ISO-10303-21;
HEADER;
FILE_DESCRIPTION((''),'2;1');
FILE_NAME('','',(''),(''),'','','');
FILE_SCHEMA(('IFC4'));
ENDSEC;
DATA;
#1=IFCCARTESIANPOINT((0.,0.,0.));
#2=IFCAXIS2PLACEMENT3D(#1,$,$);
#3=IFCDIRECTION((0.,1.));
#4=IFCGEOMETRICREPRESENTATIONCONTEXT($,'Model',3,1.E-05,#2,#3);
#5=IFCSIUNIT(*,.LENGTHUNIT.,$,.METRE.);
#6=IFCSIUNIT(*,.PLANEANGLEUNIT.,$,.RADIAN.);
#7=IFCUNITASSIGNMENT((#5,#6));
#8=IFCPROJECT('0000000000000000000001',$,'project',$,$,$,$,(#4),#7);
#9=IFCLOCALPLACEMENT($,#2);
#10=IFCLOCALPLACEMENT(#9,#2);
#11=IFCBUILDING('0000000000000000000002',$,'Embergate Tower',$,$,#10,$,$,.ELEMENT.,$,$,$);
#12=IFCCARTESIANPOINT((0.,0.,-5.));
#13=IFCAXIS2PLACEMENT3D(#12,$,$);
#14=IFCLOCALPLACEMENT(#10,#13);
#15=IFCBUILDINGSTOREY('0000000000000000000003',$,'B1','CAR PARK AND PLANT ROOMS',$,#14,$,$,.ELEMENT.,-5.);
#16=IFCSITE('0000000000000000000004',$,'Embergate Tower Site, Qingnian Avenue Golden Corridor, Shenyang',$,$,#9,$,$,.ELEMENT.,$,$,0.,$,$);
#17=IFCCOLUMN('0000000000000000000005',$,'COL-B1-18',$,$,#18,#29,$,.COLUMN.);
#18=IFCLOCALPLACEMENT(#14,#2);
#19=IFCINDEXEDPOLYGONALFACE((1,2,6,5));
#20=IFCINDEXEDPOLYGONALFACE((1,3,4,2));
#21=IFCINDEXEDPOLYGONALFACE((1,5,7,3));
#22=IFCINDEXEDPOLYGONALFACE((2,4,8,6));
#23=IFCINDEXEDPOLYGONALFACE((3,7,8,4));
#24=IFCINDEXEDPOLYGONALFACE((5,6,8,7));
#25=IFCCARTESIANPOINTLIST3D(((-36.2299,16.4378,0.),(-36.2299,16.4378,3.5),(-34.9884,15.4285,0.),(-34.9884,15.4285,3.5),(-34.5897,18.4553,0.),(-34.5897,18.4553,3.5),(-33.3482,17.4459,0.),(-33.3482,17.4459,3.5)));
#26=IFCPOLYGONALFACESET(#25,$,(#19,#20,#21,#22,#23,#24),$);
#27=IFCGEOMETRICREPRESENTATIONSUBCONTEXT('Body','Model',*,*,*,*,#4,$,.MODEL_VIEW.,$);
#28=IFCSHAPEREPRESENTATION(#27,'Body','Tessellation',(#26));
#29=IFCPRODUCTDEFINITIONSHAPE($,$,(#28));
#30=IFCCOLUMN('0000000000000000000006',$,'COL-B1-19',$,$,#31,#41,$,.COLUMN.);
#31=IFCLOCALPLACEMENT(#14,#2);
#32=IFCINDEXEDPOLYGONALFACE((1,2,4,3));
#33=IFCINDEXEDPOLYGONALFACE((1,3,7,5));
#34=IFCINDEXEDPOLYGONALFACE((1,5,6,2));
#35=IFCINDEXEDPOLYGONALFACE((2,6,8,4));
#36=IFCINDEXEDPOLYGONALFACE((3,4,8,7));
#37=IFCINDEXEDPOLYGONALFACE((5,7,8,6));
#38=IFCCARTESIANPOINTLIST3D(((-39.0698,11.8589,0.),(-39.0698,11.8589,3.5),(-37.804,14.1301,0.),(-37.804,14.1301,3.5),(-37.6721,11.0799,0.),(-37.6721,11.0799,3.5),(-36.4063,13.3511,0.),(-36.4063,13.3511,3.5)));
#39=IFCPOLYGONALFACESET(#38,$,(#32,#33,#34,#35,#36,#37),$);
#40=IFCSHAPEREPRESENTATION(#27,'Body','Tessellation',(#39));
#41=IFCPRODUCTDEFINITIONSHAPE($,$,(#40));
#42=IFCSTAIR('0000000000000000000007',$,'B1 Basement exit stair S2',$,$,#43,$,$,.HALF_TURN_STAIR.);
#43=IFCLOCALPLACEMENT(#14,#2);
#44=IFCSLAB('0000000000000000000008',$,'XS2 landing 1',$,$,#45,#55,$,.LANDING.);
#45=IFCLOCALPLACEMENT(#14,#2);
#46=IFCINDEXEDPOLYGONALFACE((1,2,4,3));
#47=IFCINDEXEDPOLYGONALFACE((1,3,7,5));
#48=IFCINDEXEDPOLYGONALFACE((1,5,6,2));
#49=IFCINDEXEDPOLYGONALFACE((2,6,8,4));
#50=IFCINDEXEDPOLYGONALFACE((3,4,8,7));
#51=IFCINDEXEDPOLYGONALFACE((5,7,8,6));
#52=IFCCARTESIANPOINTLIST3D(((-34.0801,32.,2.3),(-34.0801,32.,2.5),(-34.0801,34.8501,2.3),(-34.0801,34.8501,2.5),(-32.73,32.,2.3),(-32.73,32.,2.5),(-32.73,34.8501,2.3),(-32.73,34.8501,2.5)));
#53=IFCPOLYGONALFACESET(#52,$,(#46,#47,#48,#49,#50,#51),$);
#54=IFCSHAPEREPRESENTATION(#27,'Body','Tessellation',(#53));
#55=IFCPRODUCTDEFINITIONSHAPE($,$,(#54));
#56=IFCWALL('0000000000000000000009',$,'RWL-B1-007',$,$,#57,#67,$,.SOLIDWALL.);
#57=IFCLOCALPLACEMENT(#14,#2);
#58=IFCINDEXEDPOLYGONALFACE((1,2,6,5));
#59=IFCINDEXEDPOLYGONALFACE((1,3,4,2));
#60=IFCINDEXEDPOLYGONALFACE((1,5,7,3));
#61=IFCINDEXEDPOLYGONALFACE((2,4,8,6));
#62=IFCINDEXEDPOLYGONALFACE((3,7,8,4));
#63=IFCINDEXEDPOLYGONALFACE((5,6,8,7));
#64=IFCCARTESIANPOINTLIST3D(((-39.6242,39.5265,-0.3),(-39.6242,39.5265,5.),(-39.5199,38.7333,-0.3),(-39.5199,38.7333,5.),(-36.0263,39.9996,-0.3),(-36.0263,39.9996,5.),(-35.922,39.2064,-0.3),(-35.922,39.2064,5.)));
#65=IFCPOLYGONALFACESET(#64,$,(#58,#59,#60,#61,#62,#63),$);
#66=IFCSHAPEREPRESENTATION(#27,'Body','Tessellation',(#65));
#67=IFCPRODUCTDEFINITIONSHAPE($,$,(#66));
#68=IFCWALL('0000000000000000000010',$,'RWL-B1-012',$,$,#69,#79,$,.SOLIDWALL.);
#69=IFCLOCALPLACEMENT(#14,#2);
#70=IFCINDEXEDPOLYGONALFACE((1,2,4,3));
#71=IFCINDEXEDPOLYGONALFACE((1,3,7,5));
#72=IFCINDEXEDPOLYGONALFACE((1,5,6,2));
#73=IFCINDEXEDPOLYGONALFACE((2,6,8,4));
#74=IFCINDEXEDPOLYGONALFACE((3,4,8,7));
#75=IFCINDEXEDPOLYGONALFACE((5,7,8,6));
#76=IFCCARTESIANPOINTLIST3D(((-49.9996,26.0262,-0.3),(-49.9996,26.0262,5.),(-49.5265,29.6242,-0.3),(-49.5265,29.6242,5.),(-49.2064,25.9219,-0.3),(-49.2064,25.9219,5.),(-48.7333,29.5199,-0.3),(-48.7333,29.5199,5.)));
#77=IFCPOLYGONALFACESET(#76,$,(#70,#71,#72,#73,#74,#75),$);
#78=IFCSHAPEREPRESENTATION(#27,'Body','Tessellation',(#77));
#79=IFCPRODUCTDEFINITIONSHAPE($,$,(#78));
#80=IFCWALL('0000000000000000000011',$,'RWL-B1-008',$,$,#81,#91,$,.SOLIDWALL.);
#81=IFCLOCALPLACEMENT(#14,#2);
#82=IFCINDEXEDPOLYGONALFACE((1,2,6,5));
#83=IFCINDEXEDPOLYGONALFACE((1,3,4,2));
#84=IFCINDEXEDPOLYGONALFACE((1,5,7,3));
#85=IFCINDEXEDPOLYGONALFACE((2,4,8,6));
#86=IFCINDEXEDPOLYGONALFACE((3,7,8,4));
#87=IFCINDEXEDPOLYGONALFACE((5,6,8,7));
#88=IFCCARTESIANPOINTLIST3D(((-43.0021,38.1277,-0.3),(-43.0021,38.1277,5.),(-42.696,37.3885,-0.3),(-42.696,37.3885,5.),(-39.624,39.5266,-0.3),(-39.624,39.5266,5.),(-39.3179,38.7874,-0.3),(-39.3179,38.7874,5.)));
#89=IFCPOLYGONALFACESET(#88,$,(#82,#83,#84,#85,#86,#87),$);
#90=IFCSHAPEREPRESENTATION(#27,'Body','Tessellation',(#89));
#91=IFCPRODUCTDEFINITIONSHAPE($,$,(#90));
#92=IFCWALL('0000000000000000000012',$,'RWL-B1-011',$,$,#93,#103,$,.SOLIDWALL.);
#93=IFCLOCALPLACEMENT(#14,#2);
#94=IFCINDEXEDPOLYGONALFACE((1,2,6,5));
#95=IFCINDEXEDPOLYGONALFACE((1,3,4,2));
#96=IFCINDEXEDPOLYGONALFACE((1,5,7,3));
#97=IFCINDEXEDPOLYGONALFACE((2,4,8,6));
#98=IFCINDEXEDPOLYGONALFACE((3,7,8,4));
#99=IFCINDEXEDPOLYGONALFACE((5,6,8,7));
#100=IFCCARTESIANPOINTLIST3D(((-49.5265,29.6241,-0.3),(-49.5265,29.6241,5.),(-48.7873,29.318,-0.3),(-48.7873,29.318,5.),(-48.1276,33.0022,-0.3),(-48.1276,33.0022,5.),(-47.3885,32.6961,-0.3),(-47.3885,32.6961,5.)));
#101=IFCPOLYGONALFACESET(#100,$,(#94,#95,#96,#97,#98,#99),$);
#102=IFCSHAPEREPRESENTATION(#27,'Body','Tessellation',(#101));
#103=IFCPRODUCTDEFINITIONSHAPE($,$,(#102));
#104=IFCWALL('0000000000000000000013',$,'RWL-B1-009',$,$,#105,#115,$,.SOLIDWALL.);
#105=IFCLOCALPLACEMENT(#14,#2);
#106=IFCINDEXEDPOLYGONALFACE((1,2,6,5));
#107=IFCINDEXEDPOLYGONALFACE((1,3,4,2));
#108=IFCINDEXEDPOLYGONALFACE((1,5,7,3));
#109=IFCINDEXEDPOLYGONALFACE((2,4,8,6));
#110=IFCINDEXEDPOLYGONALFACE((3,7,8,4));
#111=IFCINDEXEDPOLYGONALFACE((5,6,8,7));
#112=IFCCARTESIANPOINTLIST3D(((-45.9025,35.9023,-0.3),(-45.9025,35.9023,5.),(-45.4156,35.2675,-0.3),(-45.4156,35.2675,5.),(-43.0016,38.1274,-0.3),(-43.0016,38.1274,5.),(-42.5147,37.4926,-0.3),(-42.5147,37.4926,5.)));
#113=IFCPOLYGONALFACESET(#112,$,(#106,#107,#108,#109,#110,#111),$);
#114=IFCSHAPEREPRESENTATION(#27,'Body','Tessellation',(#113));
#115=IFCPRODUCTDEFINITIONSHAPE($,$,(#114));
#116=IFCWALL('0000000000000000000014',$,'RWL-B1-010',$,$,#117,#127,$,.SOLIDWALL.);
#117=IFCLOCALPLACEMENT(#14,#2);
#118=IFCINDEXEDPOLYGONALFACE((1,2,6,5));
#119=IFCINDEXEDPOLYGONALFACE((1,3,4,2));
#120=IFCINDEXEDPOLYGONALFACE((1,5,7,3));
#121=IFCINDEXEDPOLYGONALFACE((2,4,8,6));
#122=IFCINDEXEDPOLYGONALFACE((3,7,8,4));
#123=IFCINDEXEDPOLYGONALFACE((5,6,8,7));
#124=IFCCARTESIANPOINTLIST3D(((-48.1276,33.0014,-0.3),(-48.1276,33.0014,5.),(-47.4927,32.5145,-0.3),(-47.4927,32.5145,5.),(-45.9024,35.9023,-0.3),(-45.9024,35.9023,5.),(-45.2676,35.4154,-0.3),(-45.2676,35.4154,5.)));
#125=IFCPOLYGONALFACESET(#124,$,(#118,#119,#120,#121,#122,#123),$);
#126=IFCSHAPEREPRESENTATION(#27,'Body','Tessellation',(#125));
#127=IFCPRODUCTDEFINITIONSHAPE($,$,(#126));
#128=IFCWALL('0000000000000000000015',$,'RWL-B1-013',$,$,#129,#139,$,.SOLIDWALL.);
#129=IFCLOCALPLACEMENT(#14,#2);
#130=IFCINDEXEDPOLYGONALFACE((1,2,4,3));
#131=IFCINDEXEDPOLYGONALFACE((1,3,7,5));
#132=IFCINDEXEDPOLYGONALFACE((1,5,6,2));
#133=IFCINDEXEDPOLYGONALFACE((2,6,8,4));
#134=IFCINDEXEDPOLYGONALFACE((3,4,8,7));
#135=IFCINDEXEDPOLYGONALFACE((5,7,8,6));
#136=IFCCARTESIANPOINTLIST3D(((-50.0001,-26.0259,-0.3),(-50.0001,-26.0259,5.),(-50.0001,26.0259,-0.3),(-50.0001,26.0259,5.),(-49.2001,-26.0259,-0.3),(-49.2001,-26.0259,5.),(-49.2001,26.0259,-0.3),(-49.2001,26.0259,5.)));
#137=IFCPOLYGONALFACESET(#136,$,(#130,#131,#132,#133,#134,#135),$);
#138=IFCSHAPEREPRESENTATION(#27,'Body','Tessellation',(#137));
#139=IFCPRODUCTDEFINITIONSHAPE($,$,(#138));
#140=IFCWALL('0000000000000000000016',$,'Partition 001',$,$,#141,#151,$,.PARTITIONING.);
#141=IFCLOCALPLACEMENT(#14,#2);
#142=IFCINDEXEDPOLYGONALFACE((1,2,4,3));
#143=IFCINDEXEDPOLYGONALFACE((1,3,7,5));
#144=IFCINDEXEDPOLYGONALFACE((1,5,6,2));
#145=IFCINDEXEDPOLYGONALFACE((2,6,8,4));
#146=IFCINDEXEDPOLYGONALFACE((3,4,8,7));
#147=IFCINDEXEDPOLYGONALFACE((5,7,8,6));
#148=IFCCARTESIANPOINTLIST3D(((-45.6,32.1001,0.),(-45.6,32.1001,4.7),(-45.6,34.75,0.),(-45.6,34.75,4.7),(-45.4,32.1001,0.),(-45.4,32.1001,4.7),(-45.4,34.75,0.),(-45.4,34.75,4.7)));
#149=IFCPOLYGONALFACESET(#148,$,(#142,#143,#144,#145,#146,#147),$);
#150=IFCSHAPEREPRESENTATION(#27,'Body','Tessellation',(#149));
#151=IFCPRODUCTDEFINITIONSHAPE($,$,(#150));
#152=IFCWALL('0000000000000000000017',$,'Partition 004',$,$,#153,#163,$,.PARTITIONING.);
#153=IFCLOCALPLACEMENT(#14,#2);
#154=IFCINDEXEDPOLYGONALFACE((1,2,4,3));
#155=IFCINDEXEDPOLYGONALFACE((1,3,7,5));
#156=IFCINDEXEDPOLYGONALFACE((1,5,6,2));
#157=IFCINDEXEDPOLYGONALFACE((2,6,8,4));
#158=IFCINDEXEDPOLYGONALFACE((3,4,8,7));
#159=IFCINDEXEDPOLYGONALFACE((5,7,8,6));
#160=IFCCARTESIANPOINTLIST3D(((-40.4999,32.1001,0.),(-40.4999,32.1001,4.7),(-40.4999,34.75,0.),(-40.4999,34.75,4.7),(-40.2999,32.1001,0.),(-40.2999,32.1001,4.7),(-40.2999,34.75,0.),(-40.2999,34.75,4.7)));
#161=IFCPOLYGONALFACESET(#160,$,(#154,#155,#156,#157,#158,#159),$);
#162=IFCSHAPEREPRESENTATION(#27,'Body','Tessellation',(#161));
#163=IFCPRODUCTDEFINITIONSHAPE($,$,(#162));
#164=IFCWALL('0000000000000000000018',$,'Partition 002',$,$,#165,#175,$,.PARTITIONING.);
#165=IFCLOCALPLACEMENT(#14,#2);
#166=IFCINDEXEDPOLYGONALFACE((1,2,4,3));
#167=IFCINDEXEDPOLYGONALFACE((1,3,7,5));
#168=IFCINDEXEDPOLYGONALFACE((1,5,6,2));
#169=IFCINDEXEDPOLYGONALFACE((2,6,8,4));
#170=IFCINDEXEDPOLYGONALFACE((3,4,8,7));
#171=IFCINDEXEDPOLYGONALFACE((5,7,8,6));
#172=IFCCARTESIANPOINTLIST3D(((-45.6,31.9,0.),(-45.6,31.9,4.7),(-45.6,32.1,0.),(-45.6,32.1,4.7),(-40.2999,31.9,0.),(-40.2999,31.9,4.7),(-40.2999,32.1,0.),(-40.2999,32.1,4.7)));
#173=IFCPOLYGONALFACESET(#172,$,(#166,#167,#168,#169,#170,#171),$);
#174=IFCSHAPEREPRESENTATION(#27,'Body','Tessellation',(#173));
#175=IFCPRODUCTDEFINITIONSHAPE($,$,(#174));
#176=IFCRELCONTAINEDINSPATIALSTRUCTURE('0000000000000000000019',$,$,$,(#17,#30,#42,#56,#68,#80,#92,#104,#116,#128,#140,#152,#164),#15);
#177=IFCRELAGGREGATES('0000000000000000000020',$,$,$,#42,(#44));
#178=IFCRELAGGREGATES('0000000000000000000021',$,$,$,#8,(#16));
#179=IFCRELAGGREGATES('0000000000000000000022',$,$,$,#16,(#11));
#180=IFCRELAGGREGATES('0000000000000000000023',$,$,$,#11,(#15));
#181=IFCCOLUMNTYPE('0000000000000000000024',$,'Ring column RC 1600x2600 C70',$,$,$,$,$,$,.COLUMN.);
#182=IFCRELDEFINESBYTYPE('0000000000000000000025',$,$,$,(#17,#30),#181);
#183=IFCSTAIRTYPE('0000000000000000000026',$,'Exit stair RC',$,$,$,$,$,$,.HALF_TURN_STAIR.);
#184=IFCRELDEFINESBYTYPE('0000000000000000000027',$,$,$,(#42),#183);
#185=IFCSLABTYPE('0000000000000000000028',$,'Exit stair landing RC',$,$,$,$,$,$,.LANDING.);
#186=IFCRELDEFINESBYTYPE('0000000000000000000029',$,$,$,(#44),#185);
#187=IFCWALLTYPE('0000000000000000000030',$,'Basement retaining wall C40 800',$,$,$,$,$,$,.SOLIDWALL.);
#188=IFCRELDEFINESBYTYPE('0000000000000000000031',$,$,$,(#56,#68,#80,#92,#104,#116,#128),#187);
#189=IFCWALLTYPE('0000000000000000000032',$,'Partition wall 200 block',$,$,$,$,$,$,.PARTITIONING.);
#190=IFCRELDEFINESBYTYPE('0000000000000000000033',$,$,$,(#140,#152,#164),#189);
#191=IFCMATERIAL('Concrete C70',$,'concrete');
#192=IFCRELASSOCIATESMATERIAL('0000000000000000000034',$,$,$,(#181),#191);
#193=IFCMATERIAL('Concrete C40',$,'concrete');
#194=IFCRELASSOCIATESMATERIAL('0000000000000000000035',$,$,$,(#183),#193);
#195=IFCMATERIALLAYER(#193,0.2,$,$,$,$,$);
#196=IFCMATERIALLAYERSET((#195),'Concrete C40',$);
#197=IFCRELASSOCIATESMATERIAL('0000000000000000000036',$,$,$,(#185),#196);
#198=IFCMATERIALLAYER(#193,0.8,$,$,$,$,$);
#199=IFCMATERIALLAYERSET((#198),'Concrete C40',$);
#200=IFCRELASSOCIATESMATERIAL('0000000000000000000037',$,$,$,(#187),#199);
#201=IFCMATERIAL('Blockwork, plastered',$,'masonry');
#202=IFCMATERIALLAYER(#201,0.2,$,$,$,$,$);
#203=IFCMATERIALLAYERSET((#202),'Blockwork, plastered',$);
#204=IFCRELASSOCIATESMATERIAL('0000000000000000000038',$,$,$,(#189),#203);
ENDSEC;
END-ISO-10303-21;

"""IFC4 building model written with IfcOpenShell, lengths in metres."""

from ifc_helpers import new_model, si_unit, direction, frame, frame_2d, origin, origin_2d, place, context, subcontext, project, spatial, polyline, rectangle, outline, extrude, source, transform, mapped, material, layer, layer_set, material_profile, profile_set, type_object, element, aggregate, save


model = new_model("IFC4")

# Units and contexts
model_context = context("Model", 3, precision=1e-05, world=origin(), true_north=direction((0.0, 1.0)))
body_context = subcontext(model_context, "Body", "Model", "MODEL_VIEW")
ifc_project = project(units=[si_unit("LENGTHUNIT", "METRE"), si_unit("PLANEANGLEUNIT", "RADIAN")], contexts=[model_context])

# Site, building, storey
site_placement = place(None, origin())
site = spatial("IfcSite", under=ifc_project, at=site_placement, Name="Embergate Tower Site, Qingnian Avenue Golden Corridor, Shenyang", CompositionType="ELEMENT", RefElevation=0.0)
building_placement = place(site_placement, origin())
building = spatial("IfcBuilding", under=site, at=building_placement, Name="Embergate Tower", CompositionType="ELEMENT")
storey_placement = place(building_placement, frame((0.0, 0.0, -5.0)))
storey = spatial("IfcBuildingStorey", under=building, at=storey_placement, Name="B1", Description="CAR PARK AND PLANT ROOMS", CompositionType="ELEMENT", Elevation=-5.0)

# Columns
ifc_material_1 = material(Name="Concrete C70", Category="concrete")
ifc_material_profile = material_profile(ifc_material_1, rectangle(XDim=1.6001, YDim=2.6001, at=origin_2d()), Name="RC 1600x2600")
ifc_profile_set = profile_set([ifc_material_profile], Name="Concrete C70")
column_type = type_object("IfcColumnType", Name="Ring column RC 1600x2600 C70", PredefinedType="COLUMN", material=ifc_profile_set)
shared_shape_1 = source(origin(), body_context, "Body", "SweptSolid", [
    extrude(rectangle(XDim=1.6001, YDim=2.6001, at=origin_2d()), origin(), (0.0, 0.0, 1.0), 3.5),
])
for number, where, z_axis, x_axis, name in (
    (1, (-34.7891, 16.9419, 0.0), (0.0, 0.0, 1.0), (-0.775925, 0.630825, 0.0), "COL-B1-18"),
    (2, (-37.738, 12.605, 0.0), (0.0, 0.0, 1.0), (-0.873492, 0.486839, 0.0), "COL-B1-19"),
):
    element("IfcColumn", number, at=place(storey_placement, frame(where, z_axis=z_axis, x_axis=x_axis)), inside=storey, type_object=column_type, Name=name, PredefinedType="COLUMN", context=body_context, shape_type="MappedRepresentation", body=[
        mapped(shared_shape_1, transform((0.0, 0.0, 0.0))),
    ])

# Stair, slab
ifc_material_2 = material(Name="Concrete C40", Category="concrete")
stair_type = type_object("IfcStairType", Name="Exit stair RC", PredefinedType="HALF_TURN_STAIR", material=ifc_material_2)
stair_placement = place(storey_placement, origin())
stair = element("IfcStair", 3, at=stair_placement, inside=storey, type_object=stair_type, Name="B1 Basement exit stair S2", PredefinedType="HALF_TURN_STAIR")
ifc_layer_1 = layer(ifc_material_2, 0.2)
ifc_layer_set_1 = layer_set([ifc_layer_1], Name="Concrete C40")
slab_type = type_object("IfcSlabType", Name="Exit stair landing RC", PredefinedType="LANDING", material=ifc_layer_set_1)
shared_shape_2 = source(origin(), body_context, "Body", "SweptSolid", [
    extrude(outline(polyline([(0.0, 0.0), (1.3501, 0.0), (1.3501, 2.8501), (0.0, 2.8501), (0.0, 0.0)])), origin(), (0.0, 0.0, 1.0), 0.2),
])
slab_placement = place(storey_placement, frame((-34.0801, 32.0, 2.3)))
slab = element("IfcSlab", 4, at=slab_placement, type_object=slab_type, Name="XS2 landing 1", PredefinedType="LANDING", context=body_context, shape_type="MappedRepresentation", body=[
    mapped(shared_shape_2, transform((0.0, 0.0, 0.0))),
])

# Walls
ifc_layer_2 = layer(ifc_material_2, 0.8)
ifc_layer_set_2 = layer_set([ifc_layer_2], Name="Concrete C40")
wall_type_1 = type_object("IfcWallType", Name="Basement retaining wall C40 800", PredefinedType="SOLIDWALL", material=ifc_layer_set_2)
shared_shape_3 = source(origin(), body_context, "Body", "SweptSolid", [
    extrude(rectangle(XDim=3.6289, YDim=0.8, at=frame_2d((1.8145, 0.0))), origin(), (0.0, 0.0, 1.0), 5.3),
])
for number, where, z_axis, x_axis, name in (
    (5, (-35.9741, 39.603, -0.3), (0.0, 0.0, 1.0), (-0.991464, -0.130383, 0.0), "RWL-B1-007"),
    (6, (-49.1299, 29.572, -0.3), (0.0, 0.0, 1.0), (-0.130383, -0.991464, 0.0), "RWL-B1-012"),
):
    element("IfcWall", number, at=place(storey_placement, frame(where, z_axis=z_axis, x_axis=x_axis)), inside=storey, type_object=wall_type_1, Name=name, PredefinedType="SOLIDWALL", context=body_context, shape_type="MappedRepresentation", body=[
        mapped(shared_shape_3, transform((0.0, 0.0, 0.0))),
    ])
shared_shape_4 = source(origin(), body_context, "Body", "SweptSolid", [
    extrude(rectangle(XDim=3.6562, YDim=0.8, at=frame_2d((1.8281, 0.0))), origin(), (0.0, 0.0, 1.0), 5.3),
])
for number, where, z_axis, x_axis, name in (
    (7, (-39.4709, 39.157, -0.3), (0.0, 0.0, 1.0), (-0.923914, -0.382599, 0.0), "RWL-B1-008"),
    (8, (-47.7581, 32.8491, -0.3), (0.0, 0.0, 1.0), (-0.382599, -0.923914, 0.0), "RWL-B1-011"),
):
    element("IfcWall", number, at=place(storey_placement, frame(where, z_axis=z_axis, x_axis=x_axis)), inside=storey, type_object=wall_type_1, Name=name, PredefinedType="SOLIDWALL", context=body_context, shape_type="MappedRepresentation", body=[
        mapped(shared_shape_4, transform((0.0, 0.0, 0.0))),
    ])
shared_shape_5 = source(origin(), body_context, "Body", "SweptSolid", [
    extrude(rectangle(XDim=3.656, YDim=0.8, at=frame_2d((1.8281, 0.0))), origin(), (0.0, 0.0, 1.0), 5.3),
])
for number, where, z_axis, x_axis, name in (
    (9, (-42.7581, 37.8101, -0.3), (0.0, 0.0, 1.0), (-0.793462, -0.608619, 0.0), "RWL-B1-009"),
    (10, (-45.585, 35.6589, -0.3), (0.0, 0.0, 1.0), (-0.608619, -0.793462, 0.0), "RWL-B1-010"),
):
    element("IfcWall", number, at=place(storey_placement, frame(where, z_axis=z_axis, x_axis=x_axis)), inside=storey, type_object=wall_type_1, Name=name, PredefinedType="SOLIDWALL", context=body_context, shape_type="MappedRepresentation", body=[
        mapped(shared_shape_5, transform((0.0, 0.0, 0.0))),
    ])
shared_shape_6 = source(origin(), body_context, "Body", "SweptSolid", [
    extrude(rectangle(XDim=52.0518, YDim=0.8, at=frame_2d((26.0259, 0.0))), origin(), (0.0, 0.0, 1.0), 5.3),
])
wall_1_placement = place(storey_placement, frame((-49.6001, 26.0259, -0.3), z_axis=(0.0, 0.0, 1.0), x_axis=(0.0, -1.0, 0.0)))
element("IfcWall", 11, at=wall_1_placement, inside=storey, type_object=wall_type_1, Name="RWL-B1-013", PredefinedType="SOLIDWALL", context=body_context, shape_type="MappedRepresentation", body=[
    mapped(shared_shape_6, transform((0.0, 0.0, 0.0))),
])
ifc_material_3 = material(Name="Blockwork, plastered", Category="masonry")
ifc_layer_3 = layer(ifc_material_3, 0.2)
ifc_layer_set_3 = layer_set([ifc_layer_3], Name="Blockwork, plastered")
wall_type_2 = type_object("IfcWallType", Name="Partition wall 200 block", PredefinedType="PARTITIONING", material=ifc_layer_set_3)
shared_shape_7 = source(origin(), body_context, "Body", "SweptSolid", [
    extrude(rectangle(XDim=2.6499, YDim=0.2, at=frame_2d((1.325, 0.0))), origin(), (0.0, 0.0, 1.0), 4.7),
])
for number, where, z_axis, x_axis, name in (
    (12, (-45.5, 32.1001, 0.0), (0.0, 0.0, 1.0), (0.0, 1.0, 0.0), "Partition 001"),
    (13, (-40.3999, 34.75, 0.0), (0.0, 0.0, 1.0), (0.0, -1.0, 0.0), "Partition 004"),
):
    element("IfcWall", number, at=place(storey_placement, frame(where, z_axis=z_axis, x_axis=x_axis)), inside=storey, type_object=wall_type_2, Name=name, PredefinedType="PARTITIONING", context=body_context, shape_type="MappedRepresentation", body=[
        mapped(shared_shape_7, transform((0.0, 0.0, 0.0))),
    ])
shared_shape_8 = source(origin(), body_context, "Body", "SweptSolid", [
    extrude(rectangle(XDim=5.3, YDim=0.2, at=frame_2d((2.6499, 0.0))), origin(), (0.0, 0.0, 1.0), 4.7),
])
wall_2_placement = place(storey_placement, frame((-40.3, 32.0, 0.0), z_axis=(0.0, 0.0, 1.0), x_axis=(-1.0, 0.0, 0.0)))
element("IfcWall", 14, at=wall_2_placement, inside=storey, type_object=wall_type_2, Name="Partition 002", PredefinedType="PARTITIONING", context=body_context, shape_type="MappedRepresentation", body=[
    mapped(shared_shape_8, transform((0.0, 0.0, 0.0))),
])

aggregate(stair, [slab])

save(model, "model.ifc")
